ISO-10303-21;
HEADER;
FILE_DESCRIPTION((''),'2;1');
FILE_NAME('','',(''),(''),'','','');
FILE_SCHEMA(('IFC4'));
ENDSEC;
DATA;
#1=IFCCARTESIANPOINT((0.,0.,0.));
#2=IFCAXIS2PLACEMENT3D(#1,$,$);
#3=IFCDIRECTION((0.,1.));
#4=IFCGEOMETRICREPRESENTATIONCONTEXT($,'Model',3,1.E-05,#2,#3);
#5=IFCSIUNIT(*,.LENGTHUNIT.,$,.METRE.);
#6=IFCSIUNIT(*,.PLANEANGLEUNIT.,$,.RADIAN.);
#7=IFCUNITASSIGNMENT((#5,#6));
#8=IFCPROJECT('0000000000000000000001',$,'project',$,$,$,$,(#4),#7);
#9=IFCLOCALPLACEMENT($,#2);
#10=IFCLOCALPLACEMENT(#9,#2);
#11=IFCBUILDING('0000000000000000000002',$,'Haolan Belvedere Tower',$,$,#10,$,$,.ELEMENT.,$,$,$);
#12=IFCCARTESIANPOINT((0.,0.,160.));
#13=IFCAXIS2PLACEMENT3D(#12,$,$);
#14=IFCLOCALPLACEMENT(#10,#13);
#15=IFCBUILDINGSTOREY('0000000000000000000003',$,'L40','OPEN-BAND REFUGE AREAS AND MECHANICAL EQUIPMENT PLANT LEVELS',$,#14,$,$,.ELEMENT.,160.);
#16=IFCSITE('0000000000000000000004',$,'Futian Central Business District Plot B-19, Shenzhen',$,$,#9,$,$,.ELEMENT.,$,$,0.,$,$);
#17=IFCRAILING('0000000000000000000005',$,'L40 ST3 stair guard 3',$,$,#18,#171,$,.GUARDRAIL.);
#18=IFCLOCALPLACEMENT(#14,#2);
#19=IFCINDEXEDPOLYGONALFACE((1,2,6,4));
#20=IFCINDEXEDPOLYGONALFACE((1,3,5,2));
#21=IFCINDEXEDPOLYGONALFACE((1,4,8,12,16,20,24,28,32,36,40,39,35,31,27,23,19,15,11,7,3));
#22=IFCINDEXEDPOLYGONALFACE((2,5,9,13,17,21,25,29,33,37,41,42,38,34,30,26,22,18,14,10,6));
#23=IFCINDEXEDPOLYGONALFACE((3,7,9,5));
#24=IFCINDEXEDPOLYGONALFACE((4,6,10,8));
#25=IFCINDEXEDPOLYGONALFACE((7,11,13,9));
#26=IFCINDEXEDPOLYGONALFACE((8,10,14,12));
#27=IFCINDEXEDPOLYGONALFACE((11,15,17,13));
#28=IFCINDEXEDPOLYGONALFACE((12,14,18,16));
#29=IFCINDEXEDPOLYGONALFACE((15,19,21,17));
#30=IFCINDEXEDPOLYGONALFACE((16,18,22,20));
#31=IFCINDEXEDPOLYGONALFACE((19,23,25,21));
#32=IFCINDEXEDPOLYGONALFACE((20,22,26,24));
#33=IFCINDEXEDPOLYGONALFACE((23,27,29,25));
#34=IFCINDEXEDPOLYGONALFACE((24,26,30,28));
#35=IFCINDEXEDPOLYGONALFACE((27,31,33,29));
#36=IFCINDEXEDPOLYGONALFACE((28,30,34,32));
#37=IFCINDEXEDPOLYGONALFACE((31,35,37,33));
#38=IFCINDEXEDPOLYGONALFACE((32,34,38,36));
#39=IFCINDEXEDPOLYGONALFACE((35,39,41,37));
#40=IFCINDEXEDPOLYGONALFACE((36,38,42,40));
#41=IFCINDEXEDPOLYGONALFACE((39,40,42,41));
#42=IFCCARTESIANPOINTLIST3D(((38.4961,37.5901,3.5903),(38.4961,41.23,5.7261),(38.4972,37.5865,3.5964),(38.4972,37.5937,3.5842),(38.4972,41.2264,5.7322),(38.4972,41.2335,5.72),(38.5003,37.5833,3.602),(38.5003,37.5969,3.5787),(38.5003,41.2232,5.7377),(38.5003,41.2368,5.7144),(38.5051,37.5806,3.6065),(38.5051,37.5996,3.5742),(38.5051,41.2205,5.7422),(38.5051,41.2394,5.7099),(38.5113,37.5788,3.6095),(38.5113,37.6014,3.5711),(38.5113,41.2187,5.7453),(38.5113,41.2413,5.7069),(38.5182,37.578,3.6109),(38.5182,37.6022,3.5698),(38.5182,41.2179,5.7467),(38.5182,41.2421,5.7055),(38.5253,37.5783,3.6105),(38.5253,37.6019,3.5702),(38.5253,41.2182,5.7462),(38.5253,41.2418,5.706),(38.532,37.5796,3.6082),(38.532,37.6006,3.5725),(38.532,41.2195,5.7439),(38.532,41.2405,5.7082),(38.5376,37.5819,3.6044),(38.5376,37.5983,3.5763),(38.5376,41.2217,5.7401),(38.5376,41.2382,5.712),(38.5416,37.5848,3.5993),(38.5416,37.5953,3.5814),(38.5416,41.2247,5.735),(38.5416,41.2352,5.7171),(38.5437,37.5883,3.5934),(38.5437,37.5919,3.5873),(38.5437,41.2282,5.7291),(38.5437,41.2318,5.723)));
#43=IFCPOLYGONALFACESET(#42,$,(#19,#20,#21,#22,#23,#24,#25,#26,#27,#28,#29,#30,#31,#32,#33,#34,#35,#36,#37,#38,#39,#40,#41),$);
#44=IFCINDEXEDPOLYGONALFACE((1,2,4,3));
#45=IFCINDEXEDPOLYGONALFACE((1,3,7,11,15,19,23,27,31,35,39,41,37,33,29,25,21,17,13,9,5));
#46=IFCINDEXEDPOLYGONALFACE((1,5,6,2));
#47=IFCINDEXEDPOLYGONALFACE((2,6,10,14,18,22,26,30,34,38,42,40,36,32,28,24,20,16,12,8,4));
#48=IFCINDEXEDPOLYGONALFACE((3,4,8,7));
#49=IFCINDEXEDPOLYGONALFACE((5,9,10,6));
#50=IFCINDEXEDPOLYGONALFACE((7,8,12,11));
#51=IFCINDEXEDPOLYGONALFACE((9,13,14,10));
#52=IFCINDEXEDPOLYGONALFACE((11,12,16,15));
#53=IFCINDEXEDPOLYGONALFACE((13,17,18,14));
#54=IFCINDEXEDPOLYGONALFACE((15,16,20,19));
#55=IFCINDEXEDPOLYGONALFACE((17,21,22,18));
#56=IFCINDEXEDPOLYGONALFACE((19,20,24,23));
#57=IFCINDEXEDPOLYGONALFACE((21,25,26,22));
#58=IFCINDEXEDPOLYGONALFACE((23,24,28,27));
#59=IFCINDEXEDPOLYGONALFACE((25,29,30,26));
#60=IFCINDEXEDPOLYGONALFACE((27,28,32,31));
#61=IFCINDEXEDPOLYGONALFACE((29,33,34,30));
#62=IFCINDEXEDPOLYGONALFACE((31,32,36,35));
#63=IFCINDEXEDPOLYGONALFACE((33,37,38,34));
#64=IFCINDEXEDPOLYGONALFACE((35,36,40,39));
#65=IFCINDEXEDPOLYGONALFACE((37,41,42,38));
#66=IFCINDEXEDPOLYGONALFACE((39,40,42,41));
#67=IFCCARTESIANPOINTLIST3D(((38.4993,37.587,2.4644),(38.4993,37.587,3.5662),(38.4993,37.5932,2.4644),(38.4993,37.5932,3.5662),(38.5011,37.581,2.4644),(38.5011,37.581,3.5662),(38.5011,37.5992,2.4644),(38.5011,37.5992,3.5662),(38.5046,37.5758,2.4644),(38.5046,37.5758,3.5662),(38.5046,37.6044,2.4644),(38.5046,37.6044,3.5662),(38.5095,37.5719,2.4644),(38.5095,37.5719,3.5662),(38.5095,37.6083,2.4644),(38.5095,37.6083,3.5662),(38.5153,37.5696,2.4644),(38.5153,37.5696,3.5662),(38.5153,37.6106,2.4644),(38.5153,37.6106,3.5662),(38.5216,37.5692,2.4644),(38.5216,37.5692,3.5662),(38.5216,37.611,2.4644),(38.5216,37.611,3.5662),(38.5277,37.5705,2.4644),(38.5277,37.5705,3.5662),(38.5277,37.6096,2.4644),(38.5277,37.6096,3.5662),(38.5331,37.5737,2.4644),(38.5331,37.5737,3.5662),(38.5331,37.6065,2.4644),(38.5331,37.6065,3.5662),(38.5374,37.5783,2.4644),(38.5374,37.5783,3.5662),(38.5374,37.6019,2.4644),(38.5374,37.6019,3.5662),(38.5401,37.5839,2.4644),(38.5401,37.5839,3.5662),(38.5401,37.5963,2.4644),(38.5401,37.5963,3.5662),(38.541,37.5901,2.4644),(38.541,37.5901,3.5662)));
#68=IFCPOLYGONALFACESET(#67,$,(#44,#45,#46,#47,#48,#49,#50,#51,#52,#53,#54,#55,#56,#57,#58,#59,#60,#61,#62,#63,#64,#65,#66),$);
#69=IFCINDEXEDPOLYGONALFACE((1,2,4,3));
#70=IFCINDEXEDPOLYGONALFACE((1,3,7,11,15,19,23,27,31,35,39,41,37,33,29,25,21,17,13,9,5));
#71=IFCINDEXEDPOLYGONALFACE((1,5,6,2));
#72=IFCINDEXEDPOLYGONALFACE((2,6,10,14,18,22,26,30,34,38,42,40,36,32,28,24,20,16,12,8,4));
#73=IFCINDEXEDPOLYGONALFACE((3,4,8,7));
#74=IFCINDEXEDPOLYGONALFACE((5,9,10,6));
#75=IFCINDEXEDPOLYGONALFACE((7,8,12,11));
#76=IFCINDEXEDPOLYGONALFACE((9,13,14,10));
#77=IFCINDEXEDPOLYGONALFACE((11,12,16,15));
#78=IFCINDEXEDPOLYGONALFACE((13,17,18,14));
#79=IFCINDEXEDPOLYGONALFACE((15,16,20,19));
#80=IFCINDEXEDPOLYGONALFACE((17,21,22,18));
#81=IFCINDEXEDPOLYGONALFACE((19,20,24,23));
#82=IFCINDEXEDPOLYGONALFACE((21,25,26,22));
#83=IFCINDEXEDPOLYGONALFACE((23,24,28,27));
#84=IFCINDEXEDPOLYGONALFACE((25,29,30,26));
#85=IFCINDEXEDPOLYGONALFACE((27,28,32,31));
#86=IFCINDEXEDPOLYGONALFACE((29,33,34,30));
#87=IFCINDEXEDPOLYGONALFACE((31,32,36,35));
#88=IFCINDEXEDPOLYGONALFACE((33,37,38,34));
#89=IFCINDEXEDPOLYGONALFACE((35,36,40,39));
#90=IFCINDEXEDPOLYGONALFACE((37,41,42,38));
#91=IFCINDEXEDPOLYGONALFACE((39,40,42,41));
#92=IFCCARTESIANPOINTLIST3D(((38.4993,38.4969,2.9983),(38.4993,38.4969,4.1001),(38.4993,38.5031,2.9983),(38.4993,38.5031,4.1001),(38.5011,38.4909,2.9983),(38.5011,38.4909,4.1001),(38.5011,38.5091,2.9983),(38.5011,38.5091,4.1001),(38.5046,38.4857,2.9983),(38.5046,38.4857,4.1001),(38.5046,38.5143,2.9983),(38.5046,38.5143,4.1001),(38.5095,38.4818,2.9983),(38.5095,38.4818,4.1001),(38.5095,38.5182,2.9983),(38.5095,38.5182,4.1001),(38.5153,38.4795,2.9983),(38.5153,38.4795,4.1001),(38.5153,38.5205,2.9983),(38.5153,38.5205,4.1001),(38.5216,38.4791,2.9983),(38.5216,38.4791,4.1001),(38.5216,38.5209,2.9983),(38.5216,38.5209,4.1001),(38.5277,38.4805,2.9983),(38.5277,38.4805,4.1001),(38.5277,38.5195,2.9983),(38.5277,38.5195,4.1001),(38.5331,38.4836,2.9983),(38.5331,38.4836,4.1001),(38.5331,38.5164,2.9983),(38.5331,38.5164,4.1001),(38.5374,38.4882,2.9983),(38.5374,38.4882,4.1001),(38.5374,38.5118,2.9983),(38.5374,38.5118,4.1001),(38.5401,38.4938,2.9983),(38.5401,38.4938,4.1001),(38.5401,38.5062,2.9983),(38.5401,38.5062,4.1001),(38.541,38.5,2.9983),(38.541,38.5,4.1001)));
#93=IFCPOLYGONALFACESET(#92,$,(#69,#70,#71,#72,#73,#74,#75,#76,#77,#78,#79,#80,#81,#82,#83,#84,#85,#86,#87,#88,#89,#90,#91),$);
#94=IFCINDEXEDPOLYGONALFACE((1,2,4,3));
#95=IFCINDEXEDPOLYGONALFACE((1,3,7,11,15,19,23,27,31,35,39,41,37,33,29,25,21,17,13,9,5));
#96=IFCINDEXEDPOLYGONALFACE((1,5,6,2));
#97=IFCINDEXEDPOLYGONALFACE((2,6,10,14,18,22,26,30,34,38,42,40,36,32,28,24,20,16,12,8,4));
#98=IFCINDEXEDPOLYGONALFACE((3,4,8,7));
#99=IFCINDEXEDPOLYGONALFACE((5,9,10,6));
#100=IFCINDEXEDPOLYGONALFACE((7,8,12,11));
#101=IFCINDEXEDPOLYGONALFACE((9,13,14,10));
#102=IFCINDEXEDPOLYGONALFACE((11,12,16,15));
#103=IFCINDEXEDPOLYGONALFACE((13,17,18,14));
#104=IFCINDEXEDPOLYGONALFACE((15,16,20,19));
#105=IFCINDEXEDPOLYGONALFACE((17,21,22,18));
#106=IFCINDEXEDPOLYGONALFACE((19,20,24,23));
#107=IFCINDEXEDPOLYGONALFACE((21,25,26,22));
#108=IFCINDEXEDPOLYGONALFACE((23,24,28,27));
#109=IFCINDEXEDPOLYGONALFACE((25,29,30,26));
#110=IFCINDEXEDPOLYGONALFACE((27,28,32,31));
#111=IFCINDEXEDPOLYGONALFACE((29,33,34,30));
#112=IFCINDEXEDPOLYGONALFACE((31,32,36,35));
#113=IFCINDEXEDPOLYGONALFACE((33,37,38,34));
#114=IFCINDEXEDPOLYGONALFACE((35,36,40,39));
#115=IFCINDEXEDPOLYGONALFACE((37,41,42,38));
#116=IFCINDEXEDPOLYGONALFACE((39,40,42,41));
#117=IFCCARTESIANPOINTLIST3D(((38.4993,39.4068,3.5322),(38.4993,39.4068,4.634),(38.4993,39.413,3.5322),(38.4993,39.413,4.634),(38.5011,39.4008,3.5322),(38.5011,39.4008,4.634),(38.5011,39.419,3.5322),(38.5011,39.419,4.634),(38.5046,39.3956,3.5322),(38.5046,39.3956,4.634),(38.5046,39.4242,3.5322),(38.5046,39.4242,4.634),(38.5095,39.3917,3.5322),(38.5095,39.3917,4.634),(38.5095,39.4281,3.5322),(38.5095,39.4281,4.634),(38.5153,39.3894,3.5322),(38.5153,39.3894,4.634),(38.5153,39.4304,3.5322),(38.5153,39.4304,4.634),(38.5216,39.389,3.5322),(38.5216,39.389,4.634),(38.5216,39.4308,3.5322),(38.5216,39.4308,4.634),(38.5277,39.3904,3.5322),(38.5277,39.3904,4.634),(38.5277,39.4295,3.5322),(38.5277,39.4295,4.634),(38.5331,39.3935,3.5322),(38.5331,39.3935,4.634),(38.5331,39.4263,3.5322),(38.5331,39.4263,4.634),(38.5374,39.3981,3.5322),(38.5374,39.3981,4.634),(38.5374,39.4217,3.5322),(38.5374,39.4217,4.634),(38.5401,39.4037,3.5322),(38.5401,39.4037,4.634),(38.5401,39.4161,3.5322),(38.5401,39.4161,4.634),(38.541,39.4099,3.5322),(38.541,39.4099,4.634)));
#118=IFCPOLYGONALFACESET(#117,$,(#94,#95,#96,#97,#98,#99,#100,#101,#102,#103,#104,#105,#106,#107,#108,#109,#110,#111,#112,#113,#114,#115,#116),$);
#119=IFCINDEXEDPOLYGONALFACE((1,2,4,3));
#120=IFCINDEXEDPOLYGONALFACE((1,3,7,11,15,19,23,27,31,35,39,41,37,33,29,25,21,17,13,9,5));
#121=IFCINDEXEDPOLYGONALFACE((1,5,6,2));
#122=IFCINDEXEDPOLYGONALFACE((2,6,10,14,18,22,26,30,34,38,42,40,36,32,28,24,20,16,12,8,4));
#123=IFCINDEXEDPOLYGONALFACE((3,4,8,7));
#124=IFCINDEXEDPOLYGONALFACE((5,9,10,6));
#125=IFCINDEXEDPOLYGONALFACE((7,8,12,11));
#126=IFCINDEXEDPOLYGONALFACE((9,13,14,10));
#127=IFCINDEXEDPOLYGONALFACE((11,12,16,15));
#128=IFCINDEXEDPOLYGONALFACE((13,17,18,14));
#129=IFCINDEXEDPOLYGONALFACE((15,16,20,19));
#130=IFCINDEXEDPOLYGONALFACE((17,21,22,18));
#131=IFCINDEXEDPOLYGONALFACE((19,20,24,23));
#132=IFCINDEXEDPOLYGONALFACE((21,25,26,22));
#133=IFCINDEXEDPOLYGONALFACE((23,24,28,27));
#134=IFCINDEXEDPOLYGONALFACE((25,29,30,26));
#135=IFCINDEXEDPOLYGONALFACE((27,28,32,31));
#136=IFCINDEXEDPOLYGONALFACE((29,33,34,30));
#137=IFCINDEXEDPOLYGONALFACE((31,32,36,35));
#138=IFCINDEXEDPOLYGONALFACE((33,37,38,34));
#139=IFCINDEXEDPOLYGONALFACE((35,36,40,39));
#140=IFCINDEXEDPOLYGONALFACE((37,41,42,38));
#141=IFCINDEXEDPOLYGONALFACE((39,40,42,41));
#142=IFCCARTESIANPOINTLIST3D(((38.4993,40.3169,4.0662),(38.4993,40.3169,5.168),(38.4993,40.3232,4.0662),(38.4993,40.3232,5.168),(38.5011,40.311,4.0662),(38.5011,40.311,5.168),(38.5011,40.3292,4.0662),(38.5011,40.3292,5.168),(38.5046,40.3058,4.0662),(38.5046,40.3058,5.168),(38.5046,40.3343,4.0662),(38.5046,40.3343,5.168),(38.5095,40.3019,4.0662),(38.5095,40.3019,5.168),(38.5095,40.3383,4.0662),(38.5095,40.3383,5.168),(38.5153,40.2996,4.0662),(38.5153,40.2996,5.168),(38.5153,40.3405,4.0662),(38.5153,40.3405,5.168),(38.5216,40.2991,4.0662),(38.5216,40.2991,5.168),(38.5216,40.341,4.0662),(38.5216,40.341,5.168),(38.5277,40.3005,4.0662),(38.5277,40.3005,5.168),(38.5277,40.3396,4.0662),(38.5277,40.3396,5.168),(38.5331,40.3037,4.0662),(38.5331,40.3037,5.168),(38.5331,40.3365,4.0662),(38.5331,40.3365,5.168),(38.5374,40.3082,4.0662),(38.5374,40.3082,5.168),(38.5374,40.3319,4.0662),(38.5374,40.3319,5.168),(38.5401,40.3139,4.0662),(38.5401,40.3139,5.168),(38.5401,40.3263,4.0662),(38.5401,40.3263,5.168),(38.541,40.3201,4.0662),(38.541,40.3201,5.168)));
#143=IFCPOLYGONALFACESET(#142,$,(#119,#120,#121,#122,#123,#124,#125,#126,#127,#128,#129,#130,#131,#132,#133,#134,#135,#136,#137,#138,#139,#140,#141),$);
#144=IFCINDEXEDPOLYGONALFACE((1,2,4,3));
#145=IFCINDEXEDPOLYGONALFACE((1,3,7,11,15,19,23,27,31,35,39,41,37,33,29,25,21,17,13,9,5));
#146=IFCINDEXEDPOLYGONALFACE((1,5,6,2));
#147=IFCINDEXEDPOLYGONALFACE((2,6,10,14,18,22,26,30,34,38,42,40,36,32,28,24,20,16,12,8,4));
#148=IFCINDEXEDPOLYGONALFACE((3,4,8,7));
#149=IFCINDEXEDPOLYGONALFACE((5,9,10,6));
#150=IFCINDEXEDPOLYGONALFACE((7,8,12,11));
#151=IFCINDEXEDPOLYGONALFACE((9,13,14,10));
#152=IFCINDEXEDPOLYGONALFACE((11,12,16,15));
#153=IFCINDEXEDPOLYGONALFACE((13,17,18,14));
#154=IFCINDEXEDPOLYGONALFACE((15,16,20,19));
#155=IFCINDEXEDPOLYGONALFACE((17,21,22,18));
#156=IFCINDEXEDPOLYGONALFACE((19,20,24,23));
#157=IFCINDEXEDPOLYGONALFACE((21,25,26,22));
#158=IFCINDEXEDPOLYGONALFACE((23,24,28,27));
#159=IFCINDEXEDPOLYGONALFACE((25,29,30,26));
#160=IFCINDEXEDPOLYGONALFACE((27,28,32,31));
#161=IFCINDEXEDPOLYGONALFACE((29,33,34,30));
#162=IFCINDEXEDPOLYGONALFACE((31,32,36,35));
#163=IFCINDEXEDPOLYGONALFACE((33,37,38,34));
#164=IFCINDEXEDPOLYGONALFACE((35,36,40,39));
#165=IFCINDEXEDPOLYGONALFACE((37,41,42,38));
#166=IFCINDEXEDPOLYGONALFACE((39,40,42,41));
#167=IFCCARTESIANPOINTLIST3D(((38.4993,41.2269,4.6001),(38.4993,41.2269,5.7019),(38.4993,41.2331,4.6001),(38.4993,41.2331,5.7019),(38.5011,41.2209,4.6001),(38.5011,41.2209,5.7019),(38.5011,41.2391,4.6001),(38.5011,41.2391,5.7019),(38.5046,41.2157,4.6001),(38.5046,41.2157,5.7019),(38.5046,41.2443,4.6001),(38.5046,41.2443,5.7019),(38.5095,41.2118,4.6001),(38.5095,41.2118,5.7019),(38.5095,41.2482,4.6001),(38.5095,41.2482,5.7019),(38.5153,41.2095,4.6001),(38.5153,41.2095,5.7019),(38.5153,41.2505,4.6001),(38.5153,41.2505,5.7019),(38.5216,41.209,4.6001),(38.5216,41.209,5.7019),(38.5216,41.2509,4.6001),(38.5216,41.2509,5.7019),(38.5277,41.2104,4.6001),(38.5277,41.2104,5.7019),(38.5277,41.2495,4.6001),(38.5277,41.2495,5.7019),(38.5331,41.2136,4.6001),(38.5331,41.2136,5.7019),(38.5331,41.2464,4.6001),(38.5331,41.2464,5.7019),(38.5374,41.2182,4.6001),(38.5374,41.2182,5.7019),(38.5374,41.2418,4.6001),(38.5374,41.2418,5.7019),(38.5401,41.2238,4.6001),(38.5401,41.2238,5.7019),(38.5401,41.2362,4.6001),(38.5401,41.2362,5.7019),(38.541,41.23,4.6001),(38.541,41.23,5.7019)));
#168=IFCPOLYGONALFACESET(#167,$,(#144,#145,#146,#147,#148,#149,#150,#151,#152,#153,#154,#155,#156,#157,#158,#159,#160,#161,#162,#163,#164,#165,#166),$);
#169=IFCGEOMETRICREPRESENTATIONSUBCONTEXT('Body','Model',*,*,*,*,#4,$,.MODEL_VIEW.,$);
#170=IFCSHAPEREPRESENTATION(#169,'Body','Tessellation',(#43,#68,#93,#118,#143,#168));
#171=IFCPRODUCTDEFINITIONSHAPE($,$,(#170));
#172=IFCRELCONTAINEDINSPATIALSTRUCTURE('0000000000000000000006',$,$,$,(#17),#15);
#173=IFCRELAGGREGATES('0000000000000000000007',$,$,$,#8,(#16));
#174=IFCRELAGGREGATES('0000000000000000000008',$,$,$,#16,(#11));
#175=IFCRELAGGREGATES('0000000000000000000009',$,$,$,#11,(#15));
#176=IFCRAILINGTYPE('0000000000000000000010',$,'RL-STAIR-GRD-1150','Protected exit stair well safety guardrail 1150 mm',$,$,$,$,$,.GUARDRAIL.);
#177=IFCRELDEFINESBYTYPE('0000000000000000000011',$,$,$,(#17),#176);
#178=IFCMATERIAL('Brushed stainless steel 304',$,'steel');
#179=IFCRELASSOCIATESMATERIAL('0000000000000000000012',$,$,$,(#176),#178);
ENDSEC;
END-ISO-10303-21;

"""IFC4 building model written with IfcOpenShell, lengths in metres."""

from ifc_helpers import new_model, si_unit, direction, frame, origin, origin_2d, place, context, subcontext, project, spatial, circle, extrude, material, type_object, element, save


model = new_model("IFC4")

# Units and contexts
model_context = context("Model", 3, precision=1e-05, world=origin(), true_north=direction((0.0, 1.0)))
body_context = subcontext(model_context, "Body", "Model", "MODEL_VIEW")
ifc_project = project(units=[si_unit("LENGTHUNIT", "METRE"), si_unit("PLANEANGLEUNIT", "RADIAN")], contexts=[model_context])

# Site, building, storey
site_placement = place(None, origin())
site = spatial("IfcSite", under=ifc_project, at=site_placement, Name="Futian Central Business District Plot B-19, Shenzhen", CompositionType="ELEMENT", RefElevation=0.0)
building_placement = place(site_placement, origin())
building = spatial("IfcBuilding", under=site, at=building_placement, Name="Haolan Belvedere Tower", CompositionType="ELEMENT")
storey_placement = place(building_placement, frame((0.0, 0.0, 160.0)))
storey = spatial("IfcBuildingStorey", under=building, at=storey_placement, Name="L40", Description="OPEN-BAND REFUGE AREAS AND MECHANICAL EQUIPMENT PLANT LEVELS", CompositionType="ELEMENT", Elevation=160.0)

# Railing
ifc_material_1 = material(Name="Brushed stainless steel 304", Category="steel")
railing_type_1 = type_object("IfcRailingType", Name="RL-STAIR-GRD-1150", Description="Protected exit stair well safety guardrail 1150 mm", PredefinedType="GUARDRAIL", material=ifc_material_1)
railing_1_placement = place(storey_placement, frame((38.52, 37.5901, 2.4644)))
element("IfcRailing", 1, at=railing_1_placement, inside=storey, type_object=railing_type_1, Name="L40 ST3 stair guard 3", PredefinedType="GUARDRAIL", context=body_context, shape_type="SweptSolid", body=[
    extrude(circle(Radius=0.0239, at=origin_2d()), frame((0.0, 0.0, 1.126), z_axis=(0.0, 0.86249, 0.506074), x_axis=(-1.0, 0.0, 0.0)), (0.0, 0.0, 1.0), 4.2202),
    extrude(circle(Radius=0.021, at=origin_2d()), origin(), (0.0, 0.0, 1.0), 1.1018),
    extrude(circle(Radius=0.021, at=origin_2d()), frame((0.0, 0.9099, 0.5339)), (0.0, 0.0, 1.0), 1.1018),
    extrude(circle(Radius=0.021, at=origin_2d()), frame((0.0, 1.8198, 1.0679)), (0.0, 0.0, 1.0), 1.1018),
    extrude(circle(Radius=0.021, at=origin_2d()), frame((0.0, 2.73, 1.6018)), (0.0, 0.0, 1.0), 1.1018),
    extrude(circle(Radius=0.021, at=origin_2d()), frame((0.0, 3.6399, 2.1357)), (0.0, 0.0, 1.0), 1.1018),
])

save(model, "model.ifc")
